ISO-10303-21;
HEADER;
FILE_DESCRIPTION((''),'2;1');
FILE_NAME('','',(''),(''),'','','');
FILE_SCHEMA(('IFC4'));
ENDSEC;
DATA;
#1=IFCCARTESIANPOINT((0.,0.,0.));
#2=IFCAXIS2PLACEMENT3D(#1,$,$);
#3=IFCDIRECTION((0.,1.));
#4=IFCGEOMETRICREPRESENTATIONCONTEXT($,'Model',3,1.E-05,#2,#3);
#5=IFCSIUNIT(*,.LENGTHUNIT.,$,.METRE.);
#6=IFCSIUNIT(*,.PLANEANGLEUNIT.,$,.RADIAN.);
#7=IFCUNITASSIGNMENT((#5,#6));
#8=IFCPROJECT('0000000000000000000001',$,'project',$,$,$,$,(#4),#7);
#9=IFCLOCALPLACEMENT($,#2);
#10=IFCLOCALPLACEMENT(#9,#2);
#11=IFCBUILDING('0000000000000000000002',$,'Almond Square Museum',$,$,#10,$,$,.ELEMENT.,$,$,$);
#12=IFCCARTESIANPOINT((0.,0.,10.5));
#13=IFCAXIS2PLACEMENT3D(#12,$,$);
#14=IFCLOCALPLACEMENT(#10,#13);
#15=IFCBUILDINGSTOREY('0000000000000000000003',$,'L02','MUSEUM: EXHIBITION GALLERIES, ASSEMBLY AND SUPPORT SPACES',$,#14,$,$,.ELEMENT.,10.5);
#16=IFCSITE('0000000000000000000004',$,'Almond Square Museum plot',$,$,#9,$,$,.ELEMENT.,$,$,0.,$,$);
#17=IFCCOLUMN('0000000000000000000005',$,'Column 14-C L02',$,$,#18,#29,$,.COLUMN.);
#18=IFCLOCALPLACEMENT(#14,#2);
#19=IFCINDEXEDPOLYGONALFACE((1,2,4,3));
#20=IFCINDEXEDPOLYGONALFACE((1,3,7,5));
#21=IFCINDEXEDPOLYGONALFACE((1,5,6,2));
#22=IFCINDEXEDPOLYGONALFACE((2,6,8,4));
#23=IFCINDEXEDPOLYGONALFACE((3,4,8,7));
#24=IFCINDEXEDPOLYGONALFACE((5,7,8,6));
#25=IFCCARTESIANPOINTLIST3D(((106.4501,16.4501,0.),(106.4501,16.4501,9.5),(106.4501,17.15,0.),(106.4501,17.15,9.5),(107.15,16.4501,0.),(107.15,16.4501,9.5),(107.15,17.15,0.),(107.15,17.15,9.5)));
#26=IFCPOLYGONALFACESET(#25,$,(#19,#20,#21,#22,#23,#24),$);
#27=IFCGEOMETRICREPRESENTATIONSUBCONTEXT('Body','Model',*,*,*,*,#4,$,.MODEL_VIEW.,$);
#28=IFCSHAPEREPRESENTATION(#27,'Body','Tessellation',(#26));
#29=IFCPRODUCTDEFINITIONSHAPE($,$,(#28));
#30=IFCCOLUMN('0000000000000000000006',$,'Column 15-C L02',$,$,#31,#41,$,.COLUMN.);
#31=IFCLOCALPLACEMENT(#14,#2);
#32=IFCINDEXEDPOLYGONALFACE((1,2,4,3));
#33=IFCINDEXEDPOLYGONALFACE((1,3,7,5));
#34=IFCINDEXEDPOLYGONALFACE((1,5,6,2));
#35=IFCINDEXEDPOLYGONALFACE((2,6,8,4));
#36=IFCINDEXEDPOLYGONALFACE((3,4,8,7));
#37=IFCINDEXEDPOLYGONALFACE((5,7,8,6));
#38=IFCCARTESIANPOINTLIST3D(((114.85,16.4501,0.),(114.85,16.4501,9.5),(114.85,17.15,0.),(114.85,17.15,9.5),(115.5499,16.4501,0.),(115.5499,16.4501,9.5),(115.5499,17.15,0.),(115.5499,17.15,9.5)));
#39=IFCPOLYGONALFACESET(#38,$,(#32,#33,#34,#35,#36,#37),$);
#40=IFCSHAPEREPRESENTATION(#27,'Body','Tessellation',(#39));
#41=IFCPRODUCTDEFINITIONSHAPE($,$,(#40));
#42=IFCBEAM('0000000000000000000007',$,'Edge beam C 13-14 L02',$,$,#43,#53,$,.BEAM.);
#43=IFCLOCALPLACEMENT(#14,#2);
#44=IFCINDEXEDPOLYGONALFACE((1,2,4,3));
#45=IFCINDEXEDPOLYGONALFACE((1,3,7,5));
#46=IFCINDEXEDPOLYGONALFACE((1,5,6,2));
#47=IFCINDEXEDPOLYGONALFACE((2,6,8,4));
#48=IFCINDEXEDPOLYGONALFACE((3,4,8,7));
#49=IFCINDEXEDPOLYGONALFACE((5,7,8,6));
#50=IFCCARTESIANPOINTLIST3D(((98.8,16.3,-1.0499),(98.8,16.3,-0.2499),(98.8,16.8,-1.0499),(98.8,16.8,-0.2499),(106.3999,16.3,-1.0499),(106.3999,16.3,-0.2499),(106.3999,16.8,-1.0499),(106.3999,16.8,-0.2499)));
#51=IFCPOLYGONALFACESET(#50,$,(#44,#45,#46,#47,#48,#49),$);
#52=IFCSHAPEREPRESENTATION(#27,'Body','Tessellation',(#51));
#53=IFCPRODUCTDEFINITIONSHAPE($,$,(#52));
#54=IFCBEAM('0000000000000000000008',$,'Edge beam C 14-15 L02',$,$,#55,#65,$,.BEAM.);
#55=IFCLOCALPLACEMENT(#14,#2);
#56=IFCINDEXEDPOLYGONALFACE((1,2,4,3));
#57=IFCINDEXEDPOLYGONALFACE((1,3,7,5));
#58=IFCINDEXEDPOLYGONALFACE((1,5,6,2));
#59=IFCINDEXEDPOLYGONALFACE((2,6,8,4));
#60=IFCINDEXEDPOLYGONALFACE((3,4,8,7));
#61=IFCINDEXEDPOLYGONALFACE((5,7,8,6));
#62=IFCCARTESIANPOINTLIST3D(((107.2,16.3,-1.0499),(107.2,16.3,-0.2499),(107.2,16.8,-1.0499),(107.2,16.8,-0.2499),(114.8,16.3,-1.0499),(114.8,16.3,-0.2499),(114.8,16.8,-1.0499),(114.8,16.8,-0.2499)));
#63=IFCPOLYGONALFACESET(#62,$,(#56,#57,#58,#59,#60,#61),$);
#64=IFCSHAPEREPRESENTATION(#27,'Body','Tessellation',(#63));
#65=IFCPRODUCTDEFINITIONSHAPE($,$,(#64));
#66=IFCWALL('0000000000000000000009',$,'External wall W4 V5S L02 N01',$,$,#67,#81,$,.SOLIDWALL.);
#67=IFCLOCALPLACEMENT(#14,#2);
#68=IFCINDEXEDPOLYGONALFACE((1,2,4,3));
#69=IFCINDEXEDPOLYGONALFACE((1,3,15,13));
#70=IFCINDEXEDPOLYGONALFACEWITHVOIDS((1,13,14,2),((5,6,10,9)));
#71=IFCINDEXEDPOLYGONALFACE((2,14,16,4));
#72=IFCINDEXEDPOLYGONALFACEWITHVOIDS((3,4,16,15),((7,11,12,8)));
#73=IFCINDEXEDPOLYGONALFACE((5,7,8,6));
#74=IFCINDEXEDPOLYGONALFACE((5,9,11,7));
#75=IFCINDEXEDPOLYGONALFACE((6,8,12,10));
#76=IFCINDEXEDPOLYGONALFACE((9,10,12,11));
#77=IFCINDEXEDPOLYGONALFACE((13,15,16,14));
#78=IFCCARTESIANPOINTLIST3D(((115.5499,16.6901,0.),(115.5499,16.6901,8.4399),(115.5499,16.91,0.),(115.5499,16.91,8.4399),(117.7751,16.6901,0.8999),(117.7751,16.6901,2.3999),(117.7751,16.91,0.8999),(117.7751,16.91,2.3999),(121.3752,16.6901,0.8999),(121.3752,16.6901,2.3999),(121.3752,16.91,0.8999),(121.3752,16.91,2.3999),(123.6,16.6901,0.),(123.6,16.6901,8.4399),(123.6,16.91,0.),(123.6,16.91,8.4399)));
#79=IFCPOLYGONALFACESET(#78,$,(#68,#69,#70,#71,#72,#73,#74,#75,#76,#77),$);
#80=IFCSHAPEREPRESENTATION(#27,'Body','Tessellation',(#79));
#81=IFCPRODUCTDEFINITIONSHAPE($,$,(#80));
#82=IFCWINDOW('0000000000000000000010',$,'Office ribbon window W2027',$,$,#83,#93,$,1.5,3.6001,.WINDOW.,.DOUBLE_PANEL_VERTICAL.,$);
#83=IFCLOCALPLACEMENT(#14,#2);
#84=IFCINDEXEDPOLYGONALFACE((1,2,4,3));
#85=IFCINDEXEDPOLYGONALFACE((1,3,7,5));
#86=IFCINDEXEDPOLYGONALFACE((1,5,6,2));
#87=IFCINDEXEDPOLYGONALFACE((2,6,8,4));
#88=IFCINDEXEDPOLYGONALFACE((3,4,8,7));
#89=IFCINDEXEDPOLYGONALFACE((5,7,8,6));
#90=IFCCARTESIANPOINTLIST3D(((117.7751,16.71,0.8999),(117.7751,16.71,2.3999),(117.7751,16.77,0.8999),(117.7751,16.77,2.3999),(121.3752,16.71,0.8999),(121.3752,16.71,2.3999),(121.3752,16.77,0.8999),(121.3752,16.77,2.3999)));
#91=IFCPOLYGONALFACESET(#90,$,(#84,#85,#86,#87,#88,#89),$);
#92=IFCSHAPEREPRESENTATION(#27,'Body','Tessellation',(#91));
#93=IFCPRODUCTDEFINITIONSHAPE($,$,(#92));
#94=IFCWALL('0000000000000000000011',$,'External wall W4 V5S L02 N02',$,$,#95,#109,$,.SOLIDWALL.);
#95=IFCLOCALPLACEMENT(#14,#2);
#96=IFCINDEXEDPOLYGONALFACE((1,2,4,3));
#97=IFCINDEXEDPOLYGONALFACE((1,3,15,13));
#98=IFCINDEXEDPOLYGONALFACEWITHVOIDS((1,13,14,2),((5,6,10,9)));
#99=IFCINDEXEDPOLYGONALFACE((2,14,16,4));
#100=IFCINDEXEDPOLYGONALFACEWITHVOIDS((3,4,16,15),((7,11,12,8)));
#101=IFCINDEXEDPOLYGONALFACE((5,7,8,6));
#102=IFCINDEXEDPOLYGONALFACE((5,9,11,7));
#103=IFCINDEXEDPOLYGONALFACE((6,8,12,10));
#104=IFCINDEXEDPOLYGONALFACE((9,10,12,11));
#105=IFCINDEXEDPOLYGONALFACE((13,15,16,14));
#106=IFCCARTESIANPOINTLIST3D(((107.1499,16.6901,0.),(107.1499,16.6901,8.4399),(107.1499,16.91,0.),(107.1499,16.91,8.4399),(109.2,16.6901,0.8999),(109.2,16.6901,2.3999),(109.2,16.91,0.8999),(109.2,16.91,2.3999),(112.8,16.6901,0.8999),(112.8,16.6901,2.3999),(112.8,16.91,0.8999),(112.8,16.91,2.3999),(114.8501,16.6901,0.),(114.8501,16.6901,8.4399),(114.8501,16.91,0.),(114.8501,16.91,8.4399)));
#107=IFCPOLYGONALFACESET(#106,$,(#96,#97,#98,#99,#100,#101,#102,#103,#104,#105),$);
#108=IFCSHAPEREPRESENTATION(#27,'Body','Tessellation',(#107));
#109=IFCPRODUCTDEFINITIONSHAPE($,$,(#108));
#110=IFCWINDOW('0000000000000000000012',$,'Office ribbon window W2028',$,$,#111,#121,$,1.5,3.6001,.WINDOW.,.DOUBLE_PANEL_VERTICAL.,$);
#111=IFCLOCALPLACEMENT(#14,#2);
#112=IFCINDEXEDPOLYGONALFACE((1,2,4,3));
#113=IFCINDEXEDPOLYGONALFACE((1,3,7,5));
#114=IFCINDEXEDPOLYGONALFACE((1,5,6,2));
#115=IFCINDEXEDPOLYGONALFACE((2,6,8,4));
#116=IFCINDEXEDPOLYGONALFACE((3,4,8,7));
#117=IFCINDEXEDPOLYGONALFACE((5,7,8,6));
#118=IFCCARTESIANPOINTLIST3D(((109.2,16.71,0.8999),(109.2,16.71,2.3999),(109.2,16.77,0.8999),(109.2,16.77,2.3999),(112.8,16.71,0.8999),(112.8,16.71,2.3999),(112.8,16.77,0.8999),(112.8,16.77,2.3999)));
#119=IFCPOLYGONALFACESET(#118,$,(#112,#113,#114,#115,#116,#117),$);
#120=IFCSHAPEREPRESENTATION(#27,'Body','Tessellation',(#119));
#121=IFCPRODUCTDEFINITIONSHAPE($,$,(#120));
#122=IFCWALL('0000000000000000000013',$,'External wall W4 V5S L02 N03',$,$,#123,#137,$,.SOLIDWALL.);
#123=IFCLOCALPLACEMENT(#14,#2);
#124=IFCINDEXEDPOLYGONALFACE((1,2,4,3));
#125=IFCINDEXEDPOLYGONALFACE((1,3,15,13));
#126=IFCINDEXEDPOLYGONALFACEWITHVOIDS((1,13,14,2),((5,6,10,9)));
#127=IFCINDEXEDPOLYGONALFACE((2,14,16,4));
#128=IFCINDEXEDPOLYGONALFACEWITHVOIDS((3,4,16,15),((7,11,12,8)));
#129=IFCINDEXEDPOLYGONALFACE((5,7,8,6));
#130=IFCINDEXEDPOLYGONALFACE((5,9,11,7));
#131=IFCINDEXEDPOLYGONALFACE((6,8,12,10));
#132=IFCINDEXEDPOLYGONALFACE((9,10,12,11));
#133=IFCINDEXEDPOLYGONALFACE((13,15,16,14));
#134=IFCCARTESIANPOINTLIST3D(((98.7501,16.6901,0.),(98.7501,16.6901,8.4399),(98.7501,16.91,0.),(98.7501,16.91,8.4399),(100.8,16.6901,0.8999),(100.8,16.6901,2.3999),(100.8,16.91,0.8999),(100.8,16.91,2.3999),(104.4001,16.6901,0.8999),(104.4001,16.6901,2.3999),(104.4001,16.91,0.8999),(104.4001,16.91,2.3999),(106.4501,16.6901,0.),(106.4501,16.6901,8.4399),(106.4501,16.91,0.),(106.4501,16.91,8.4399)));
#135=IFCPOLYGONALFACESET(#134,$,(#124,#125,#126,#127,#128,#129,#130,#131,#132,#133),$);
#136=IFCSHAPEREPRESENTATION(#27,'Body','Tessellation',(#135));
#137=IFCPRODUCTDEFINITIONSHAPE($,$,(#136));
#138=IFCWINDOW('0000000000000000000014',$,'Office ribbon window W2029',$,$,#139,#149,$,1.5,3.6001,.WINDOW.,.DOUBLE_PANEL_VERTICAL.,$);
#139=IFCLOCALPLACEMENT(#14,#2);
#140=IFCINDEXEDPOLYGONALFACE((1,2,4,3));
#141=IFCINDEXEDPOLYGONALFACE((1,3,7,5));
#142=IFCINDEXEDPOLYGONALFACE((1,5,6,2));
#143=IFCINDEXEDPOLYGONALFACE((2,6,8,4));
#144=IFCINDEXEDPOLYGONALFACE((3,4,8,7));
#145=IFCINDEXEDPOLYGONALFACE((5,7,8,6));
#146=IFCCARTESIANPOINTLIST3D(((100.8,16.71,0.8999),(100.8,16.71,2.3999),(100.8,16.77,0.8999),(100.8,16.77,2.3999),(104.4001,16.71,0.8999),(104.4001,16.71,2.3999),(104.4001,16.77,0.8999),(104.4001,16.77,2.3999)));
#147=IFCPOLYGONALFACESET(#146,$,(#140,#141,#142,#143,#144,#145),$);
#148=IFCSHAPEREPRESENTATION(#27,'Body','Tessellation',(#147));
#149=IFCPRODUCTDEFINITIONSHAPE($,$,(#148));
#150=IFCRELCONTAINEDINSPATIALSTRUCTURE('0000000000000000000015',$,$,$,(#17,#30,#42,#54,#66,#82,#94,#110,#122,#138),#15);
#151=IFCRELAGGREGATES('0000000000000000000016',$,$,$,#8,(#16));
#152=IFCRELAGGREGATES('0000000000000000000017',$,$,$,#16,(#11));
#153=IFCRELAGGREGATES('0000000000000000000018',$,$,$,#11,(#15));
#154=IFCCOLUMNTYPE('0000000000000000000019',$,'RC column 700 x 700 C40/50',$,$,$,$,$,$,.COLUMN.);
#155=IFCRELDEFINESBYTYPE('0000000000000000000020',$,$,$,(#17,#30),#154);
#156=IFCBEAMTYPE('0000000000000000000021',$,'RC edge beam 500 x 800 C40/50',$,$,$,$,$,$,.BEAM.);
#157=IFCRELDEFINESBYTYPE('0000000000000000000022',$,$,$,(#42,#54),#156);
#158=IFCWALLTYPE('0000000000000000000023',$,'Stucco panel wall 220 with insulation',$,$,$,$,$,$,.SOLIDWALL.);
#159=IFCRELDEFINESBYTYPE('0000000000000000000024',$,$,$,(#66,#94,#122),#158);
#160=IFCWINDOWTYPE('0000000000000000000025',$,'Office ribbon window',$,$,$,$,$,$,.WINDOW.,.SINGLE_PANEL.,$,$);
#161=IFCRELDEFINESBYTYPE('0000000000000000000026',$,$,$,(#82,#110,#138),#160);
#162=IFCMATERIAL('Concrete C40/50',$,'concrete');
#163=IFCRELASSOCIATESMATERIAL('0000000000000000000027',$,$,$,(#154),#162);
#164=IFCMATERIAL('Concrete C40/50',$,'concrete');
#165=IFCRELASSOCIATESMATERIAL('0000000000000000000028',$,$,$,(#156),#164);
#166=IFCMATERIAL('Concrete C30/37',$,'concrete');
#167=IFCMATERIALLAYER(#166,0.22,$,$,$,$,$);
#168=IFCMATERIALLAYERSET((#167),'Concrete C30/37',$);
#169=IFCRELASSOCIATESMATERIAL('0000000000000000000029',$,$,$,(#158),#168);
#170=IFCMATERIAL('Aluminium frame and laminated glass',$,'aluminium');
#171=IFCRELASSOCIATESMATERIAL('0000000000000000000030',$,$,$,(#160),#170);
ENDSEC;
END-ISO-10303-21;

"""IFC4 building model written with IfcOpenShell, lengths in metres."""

from ifc_helpers import new_model, si_unit, direction, frame, frame_2d, origin, origin_2d, place, context, subcontext, project, spatial, rectangle, extrude, material, layer, layer_set, material_profile, profile_set, type_object, element, fill, save


model = new_model("IFC4")

# Units and contexts
model_context = context("Model", 3, precision=1e-05, world=origin(), true_north=direction((0.0, 1.0)))
body_context = subcontext(model_context, "Body", "Model", "MODEL_VIEW")
ifc_project = project(units=[si_unit("LENGTHUNIT", "METRE"), si_unit("PLANEANGLEUNIT", "RADIAN")], contexts=[model_context])

# Site, building, storey
site_placement = place(None, origin())
site = spatial("IfcSite", under=ifc_project, at=site_placement, Name="Almond Square Museum plot", CompositionType="ELEMENT", RefElevation=0.0)
building_placement = place(site_placement, origin())
building = spatial("IfcBuilding", under=site, at=building_placement, Name="Almond Square Museum", CompositionType="ELEMENT")
storey_placement = place(building_placement, frame((0.0, 0.0, 10.5)))
storey = spatial("IfcBuildingStorey", under=building, at=storey_placement, Name="L02", Description="MUSEUM: EXHIBITION GALLERIES, ASSEMBLY AND SUPPORT SPACES", CompositionType="ELEMENT", Elevation=10.5)

# Columns
ifc_material_1 = material(Name="Concrete C40/50", Category="concrete")
ifc_material_profile_1 = material_profile(ifc_material_1, rectangle(XDim=0.7, YDim=0.7, at=origin_2d()))
ifc_profile_set_1 = profile_set([ifc_material_profile_1], Name="Concrete C40/50")
column_type = type_object("IfcColumnType", Name="RC column 700 x 700 C40/50", PredefinedType="COLUMN", material=ifc_profile_set_1)
for number, where, z_axis, x_axis, name in (
    (1, (106.8, 16.8, 0.0), (0.0, 0.0, 1.0), (1.0, 0.0, 0.0), "Column 14-C L02"),
    (2, (115.2, 16.8, 0.0), (0.0, 0.0, 1.0), (1.0, 0.0, 0.0), "Column 15-C L02"),
):
    element("IfcColumn", number, at=place(storey_placement, frame(where, z_axis=z_axis, x_axis=x_axis)), inside=storey, type_object=column_type, Name=name, PredefinedType="COLUMN", context=body_context, shape_type="SweptSolid", body=[
        extrude(rectangle(XDim=0.7, YDim=0.7, at=origin_2d()), origin(), (0.0, 0.0, 1.0), 9.5),
    ])

# Beams
ifc_material_2 = material(Name="Concrete C40/50", Category="concrete")
ifc_material_profile_2 = material_profile(ifc_material_2, rectangle(XDim=0.5, YDim=0.8, at=origin_2d()))
ifc_profile_set_2 = profile_set([ifc_material_profile_2], Name="Concrete C40/50")
beam_type = type_object("IfcBeamType", Name="RC edge beam 500 x 800 C40/50", PredefinedType="BEAM", material=ifc_profile_set_2)
beam_1_placement = place(storey_placement, frame((98.8, 16.55, -0.6499), z_axis=(1.0, 0.0, 0.0), x_axis=(0.0, 1.0, 0.0)))
element("IfcBeam", 3, at=beam_1_placement, inside=storey, type_object=beam_type, Name="Edge beam C 13-14 L02", PredefinedType="BEAM", context=body_context, shape_type="SweptSolid", body=[
    extrude(rectangle(XDim=0.5, YDim=0.8, at=origin_2d()), origin(), (0.0, 0.0, 1.0), 7.5999),
])
beam_2_placement = place(storey_placement, frame((107.2, 16.55, -0.6499), z_axis=(1.0, 0.0, 0.0), x_axis=(0.0, 1.0, 0.0)))
element("IfcBeam", 4, at=beam_2_placement, inside=storey, type_object=beam_type, Name="Edge beam C 14-15 L02", PredefinedType="BEAM", context=body_context, shape_type="SweptSolid", body=[
    extrude(rectangle(XDim=0.5, YDim=0.8, at=origin_2d()), origin(), (0.0, 0.0, 1.0), 7.6001),
])

# Walls, openings, windows
ifc_material_3 = material(Name="Concrete C30/37", Category="concrete")
ifc_layer = layer(ifc_material_3, 0.22)
ifc_layer_set = layer_set([ifc_layer], Name="Concrete C30/37")
wall_type = type_object("IfcWallType", Name="Stucco panel wall 220 with insulation", PredefinedType="SOLIDWALL", material=ifc_layer_set)
wall_1_placement = place(storey_placement, frame((115.55, 16.8, 0.0), z_axis=(0.0, 0.0, 1.0), x_axis=(1.0, 0.0, 0.0)))
wall_1 = element("IfcWall", 5, at=wall_1_placement, inside=storey, type_object=wall_type, Name="External wall W4 V5S L02 N01", PredefinedType="SOLIDWALL", context=body_context, shape_type="SweptSolid", body=[
    extrude(rectangle(XDim=8.05, YDim=0.22, at=frame_2d((4.0249, 0.0))), origin(), (0.0, 0.0, 1.0), 8.4399),
])
opening_1_placement = place(wall_1_placement, frame((2.2251, 0.0, 0.8999)))
opening_1 = element("IfcOpeningElement", 6, at=opening_1_placement, cuts=wall_1, PredefinedType="OPENING", context=body_context, shape_type="SweptSolid", body=[
    extrude(rectangle(XDim=3.6001, YDim=1.5, at=frame_2d((1.8, 0.75))), frame((0.0, 0.1199, 0.0), z_axis=(0.0, -1.0, 0.0), x_axis=(1.0, 0.0, 0.0)), (0.0, 0.0, 1.0), 0.24),
])
ifc_material_4 = material(Name="Aluminium frame and laminated glass", Category="aluminium")
window_type = type_object("IfcWindowType", Name="Office ribbon window", PartitioningType="SINGLE_PANEL", PredefinedType="WINDOW", material=ifc_material_4)
window_1_placement = place(opening_1_placement, origin())
window_1 = element("IfcWindow", 7, at=window_1_placement, inside=storey, type_object=window_type, Name="Office ribbon window W2027", OverallHeight=1.5, OverallWidth=3.6001, PartitioningType="DOUBLE_PANEL_VERTICAL", PredefinedType="WINDOW", context=body_context, shape_type="SweptSolid", body=[
    extrude(rectangle(XDim=3.6001, YDim=1.5, at=frame_2d((1.8, 0.75))), frame((0.0, -0.03, 0.0), z_axis=(0.0, -1.0, 0.0), x_axis=(1.0, 0.0, 0.0)), (0.0, 0.0, 1.0), 0.0601),
])
fill(opening_1, window_1)
wall_2_placement = place(storey_placement, frame((107.1499, 16.8, 0.0), z_axis=(0.0, 0.0, 1.0), x_axis=(1.0, 0.0, 0.0)))
wall_2 = element("IfcWall", 8, at=wall_2_placement, inside=storey, type_object=wall_type, Name="External wall W4 V5S L02 N02", PredefinedType="SOLIDWALL", context=body_context, shape_type="SweptSolid", body=[
    extrude(rectangle(XDim=7.7002, YDim=0.22, at=frame_2d((3.8501, 0.0))), origin(), (0.0, 0.0, 1.0), 8.4399),
])
opening_2_placement = place(wall_2_placement, frame((2.05, 0.0, 0.8999)))
opening_2 = element("IfcOpeningElement", 9, at=opening_2_placement, cuts=wall_2, PredefinedType="OPENING", context=body_context, shape_type="SweptSolid", body=[
    extrude(rectangle(XDim=3.6001, YDim=1.5, at=frame_2d((1.8, 0.75))), frame((0.0, 0.1199, 0.0), z_axis=(0.0, -1.0, 0.0), x_axis=(1.0, 0.0, 0.0)), (0.0, 0.0, 1.0), 0.24),
])
window_2_placement = place(opening_2_placement, origin())
window_2 = element("IfcWindow", 10, at=window_2_placement, inside=storey, type_object=window_type, Name="Office ribbon window W2028", OverallHeight=1.5, OverallWidth=3.6001, PartitioningType="DOUBLE_PANEL_VERTICAL", PredefinedType="WINDOW", context=body_context, shape_type="SweptSolid", body=[
    extrude(rectangle(XDim=3.6001, YDim=1.5, at=frame_2d((1.8, 0.75))), frame((0.0, -0.03, 0.0), z_axis=(0.0, -1.0, 0.0), x_axis=(1.0, 0.0, 0.0)), (0.0, 0.0, 1.0), 0.0601),
])
fill(opening_2, window_2)
wall_3_placement = place(storey_placement, frame((98.75, 16.8, 0.0), z_axis=(0.0, 0.0, 1.0), x_axis=(1.0, 0.0, 0.0)))
wall_3 = element("IfcWall", 11, at=wall_3_placement, inside=storey, type_object=wall_type, Name="External wall W4 V5S L02 N03", PredefinedType="SOLIDWALL", context=body_context, shape_type="SweptSolid", body=[
    extrude(rectangle(XDim=7.7, YDim=0.22, at=frame_2d((3.8501, 0.0))), origin(), (0.0, 0.0, 1.0), 8.4399),
])
opening_3_placement = place(wall_3_placement, frame((2.05, 0.0, 0.8999)))
opening_3 = element("IfcOpeningElement", 12, at=opening_3_placement, cuts=wall_3, PredefinedType="OPENING", context=body_context, shape_type="SweptSolid", body=[
    extrude(rectangle(XDim=3.6001, YDim=1.5, at=frame_2d((1.8, 0.75))), frame((0.0, 0.1199, 0.0), z_axis=(0.0, -1.0, 0.0), x_axis=(1.0, 0.0, 0.0)), (0.0, 0.0, 1.0), 0.24),
])
window_3_placement = place(opening_3_placement, origin())
window_3 = element("IfcWindow", 13, at=window_3_placement, inside=storey, type_object=window_type, Name="Office ribbon window W2029", OverallHeight=1.5, OverallWidth=3.6001, PartitioningType="DOUBLE_PANEL_VERTICAL", PredefinedType="WINDOW", context=body_context, shape_type="SweptSolid", body=[
    extrude(rectangle(XDim=3.6001, YDim=1.5, at=frame_2d((1.8, 0.75))), frame((0.0, -0.03, 0.0), z_axis=(0.0, -1.0, 0.0), x_axis=(1.0, 0.0, 0.0)), (0.0, 0.0, 1.0), 0.0601),
])
fill(opening_3, window_3)

save(model, "model.ifc")
